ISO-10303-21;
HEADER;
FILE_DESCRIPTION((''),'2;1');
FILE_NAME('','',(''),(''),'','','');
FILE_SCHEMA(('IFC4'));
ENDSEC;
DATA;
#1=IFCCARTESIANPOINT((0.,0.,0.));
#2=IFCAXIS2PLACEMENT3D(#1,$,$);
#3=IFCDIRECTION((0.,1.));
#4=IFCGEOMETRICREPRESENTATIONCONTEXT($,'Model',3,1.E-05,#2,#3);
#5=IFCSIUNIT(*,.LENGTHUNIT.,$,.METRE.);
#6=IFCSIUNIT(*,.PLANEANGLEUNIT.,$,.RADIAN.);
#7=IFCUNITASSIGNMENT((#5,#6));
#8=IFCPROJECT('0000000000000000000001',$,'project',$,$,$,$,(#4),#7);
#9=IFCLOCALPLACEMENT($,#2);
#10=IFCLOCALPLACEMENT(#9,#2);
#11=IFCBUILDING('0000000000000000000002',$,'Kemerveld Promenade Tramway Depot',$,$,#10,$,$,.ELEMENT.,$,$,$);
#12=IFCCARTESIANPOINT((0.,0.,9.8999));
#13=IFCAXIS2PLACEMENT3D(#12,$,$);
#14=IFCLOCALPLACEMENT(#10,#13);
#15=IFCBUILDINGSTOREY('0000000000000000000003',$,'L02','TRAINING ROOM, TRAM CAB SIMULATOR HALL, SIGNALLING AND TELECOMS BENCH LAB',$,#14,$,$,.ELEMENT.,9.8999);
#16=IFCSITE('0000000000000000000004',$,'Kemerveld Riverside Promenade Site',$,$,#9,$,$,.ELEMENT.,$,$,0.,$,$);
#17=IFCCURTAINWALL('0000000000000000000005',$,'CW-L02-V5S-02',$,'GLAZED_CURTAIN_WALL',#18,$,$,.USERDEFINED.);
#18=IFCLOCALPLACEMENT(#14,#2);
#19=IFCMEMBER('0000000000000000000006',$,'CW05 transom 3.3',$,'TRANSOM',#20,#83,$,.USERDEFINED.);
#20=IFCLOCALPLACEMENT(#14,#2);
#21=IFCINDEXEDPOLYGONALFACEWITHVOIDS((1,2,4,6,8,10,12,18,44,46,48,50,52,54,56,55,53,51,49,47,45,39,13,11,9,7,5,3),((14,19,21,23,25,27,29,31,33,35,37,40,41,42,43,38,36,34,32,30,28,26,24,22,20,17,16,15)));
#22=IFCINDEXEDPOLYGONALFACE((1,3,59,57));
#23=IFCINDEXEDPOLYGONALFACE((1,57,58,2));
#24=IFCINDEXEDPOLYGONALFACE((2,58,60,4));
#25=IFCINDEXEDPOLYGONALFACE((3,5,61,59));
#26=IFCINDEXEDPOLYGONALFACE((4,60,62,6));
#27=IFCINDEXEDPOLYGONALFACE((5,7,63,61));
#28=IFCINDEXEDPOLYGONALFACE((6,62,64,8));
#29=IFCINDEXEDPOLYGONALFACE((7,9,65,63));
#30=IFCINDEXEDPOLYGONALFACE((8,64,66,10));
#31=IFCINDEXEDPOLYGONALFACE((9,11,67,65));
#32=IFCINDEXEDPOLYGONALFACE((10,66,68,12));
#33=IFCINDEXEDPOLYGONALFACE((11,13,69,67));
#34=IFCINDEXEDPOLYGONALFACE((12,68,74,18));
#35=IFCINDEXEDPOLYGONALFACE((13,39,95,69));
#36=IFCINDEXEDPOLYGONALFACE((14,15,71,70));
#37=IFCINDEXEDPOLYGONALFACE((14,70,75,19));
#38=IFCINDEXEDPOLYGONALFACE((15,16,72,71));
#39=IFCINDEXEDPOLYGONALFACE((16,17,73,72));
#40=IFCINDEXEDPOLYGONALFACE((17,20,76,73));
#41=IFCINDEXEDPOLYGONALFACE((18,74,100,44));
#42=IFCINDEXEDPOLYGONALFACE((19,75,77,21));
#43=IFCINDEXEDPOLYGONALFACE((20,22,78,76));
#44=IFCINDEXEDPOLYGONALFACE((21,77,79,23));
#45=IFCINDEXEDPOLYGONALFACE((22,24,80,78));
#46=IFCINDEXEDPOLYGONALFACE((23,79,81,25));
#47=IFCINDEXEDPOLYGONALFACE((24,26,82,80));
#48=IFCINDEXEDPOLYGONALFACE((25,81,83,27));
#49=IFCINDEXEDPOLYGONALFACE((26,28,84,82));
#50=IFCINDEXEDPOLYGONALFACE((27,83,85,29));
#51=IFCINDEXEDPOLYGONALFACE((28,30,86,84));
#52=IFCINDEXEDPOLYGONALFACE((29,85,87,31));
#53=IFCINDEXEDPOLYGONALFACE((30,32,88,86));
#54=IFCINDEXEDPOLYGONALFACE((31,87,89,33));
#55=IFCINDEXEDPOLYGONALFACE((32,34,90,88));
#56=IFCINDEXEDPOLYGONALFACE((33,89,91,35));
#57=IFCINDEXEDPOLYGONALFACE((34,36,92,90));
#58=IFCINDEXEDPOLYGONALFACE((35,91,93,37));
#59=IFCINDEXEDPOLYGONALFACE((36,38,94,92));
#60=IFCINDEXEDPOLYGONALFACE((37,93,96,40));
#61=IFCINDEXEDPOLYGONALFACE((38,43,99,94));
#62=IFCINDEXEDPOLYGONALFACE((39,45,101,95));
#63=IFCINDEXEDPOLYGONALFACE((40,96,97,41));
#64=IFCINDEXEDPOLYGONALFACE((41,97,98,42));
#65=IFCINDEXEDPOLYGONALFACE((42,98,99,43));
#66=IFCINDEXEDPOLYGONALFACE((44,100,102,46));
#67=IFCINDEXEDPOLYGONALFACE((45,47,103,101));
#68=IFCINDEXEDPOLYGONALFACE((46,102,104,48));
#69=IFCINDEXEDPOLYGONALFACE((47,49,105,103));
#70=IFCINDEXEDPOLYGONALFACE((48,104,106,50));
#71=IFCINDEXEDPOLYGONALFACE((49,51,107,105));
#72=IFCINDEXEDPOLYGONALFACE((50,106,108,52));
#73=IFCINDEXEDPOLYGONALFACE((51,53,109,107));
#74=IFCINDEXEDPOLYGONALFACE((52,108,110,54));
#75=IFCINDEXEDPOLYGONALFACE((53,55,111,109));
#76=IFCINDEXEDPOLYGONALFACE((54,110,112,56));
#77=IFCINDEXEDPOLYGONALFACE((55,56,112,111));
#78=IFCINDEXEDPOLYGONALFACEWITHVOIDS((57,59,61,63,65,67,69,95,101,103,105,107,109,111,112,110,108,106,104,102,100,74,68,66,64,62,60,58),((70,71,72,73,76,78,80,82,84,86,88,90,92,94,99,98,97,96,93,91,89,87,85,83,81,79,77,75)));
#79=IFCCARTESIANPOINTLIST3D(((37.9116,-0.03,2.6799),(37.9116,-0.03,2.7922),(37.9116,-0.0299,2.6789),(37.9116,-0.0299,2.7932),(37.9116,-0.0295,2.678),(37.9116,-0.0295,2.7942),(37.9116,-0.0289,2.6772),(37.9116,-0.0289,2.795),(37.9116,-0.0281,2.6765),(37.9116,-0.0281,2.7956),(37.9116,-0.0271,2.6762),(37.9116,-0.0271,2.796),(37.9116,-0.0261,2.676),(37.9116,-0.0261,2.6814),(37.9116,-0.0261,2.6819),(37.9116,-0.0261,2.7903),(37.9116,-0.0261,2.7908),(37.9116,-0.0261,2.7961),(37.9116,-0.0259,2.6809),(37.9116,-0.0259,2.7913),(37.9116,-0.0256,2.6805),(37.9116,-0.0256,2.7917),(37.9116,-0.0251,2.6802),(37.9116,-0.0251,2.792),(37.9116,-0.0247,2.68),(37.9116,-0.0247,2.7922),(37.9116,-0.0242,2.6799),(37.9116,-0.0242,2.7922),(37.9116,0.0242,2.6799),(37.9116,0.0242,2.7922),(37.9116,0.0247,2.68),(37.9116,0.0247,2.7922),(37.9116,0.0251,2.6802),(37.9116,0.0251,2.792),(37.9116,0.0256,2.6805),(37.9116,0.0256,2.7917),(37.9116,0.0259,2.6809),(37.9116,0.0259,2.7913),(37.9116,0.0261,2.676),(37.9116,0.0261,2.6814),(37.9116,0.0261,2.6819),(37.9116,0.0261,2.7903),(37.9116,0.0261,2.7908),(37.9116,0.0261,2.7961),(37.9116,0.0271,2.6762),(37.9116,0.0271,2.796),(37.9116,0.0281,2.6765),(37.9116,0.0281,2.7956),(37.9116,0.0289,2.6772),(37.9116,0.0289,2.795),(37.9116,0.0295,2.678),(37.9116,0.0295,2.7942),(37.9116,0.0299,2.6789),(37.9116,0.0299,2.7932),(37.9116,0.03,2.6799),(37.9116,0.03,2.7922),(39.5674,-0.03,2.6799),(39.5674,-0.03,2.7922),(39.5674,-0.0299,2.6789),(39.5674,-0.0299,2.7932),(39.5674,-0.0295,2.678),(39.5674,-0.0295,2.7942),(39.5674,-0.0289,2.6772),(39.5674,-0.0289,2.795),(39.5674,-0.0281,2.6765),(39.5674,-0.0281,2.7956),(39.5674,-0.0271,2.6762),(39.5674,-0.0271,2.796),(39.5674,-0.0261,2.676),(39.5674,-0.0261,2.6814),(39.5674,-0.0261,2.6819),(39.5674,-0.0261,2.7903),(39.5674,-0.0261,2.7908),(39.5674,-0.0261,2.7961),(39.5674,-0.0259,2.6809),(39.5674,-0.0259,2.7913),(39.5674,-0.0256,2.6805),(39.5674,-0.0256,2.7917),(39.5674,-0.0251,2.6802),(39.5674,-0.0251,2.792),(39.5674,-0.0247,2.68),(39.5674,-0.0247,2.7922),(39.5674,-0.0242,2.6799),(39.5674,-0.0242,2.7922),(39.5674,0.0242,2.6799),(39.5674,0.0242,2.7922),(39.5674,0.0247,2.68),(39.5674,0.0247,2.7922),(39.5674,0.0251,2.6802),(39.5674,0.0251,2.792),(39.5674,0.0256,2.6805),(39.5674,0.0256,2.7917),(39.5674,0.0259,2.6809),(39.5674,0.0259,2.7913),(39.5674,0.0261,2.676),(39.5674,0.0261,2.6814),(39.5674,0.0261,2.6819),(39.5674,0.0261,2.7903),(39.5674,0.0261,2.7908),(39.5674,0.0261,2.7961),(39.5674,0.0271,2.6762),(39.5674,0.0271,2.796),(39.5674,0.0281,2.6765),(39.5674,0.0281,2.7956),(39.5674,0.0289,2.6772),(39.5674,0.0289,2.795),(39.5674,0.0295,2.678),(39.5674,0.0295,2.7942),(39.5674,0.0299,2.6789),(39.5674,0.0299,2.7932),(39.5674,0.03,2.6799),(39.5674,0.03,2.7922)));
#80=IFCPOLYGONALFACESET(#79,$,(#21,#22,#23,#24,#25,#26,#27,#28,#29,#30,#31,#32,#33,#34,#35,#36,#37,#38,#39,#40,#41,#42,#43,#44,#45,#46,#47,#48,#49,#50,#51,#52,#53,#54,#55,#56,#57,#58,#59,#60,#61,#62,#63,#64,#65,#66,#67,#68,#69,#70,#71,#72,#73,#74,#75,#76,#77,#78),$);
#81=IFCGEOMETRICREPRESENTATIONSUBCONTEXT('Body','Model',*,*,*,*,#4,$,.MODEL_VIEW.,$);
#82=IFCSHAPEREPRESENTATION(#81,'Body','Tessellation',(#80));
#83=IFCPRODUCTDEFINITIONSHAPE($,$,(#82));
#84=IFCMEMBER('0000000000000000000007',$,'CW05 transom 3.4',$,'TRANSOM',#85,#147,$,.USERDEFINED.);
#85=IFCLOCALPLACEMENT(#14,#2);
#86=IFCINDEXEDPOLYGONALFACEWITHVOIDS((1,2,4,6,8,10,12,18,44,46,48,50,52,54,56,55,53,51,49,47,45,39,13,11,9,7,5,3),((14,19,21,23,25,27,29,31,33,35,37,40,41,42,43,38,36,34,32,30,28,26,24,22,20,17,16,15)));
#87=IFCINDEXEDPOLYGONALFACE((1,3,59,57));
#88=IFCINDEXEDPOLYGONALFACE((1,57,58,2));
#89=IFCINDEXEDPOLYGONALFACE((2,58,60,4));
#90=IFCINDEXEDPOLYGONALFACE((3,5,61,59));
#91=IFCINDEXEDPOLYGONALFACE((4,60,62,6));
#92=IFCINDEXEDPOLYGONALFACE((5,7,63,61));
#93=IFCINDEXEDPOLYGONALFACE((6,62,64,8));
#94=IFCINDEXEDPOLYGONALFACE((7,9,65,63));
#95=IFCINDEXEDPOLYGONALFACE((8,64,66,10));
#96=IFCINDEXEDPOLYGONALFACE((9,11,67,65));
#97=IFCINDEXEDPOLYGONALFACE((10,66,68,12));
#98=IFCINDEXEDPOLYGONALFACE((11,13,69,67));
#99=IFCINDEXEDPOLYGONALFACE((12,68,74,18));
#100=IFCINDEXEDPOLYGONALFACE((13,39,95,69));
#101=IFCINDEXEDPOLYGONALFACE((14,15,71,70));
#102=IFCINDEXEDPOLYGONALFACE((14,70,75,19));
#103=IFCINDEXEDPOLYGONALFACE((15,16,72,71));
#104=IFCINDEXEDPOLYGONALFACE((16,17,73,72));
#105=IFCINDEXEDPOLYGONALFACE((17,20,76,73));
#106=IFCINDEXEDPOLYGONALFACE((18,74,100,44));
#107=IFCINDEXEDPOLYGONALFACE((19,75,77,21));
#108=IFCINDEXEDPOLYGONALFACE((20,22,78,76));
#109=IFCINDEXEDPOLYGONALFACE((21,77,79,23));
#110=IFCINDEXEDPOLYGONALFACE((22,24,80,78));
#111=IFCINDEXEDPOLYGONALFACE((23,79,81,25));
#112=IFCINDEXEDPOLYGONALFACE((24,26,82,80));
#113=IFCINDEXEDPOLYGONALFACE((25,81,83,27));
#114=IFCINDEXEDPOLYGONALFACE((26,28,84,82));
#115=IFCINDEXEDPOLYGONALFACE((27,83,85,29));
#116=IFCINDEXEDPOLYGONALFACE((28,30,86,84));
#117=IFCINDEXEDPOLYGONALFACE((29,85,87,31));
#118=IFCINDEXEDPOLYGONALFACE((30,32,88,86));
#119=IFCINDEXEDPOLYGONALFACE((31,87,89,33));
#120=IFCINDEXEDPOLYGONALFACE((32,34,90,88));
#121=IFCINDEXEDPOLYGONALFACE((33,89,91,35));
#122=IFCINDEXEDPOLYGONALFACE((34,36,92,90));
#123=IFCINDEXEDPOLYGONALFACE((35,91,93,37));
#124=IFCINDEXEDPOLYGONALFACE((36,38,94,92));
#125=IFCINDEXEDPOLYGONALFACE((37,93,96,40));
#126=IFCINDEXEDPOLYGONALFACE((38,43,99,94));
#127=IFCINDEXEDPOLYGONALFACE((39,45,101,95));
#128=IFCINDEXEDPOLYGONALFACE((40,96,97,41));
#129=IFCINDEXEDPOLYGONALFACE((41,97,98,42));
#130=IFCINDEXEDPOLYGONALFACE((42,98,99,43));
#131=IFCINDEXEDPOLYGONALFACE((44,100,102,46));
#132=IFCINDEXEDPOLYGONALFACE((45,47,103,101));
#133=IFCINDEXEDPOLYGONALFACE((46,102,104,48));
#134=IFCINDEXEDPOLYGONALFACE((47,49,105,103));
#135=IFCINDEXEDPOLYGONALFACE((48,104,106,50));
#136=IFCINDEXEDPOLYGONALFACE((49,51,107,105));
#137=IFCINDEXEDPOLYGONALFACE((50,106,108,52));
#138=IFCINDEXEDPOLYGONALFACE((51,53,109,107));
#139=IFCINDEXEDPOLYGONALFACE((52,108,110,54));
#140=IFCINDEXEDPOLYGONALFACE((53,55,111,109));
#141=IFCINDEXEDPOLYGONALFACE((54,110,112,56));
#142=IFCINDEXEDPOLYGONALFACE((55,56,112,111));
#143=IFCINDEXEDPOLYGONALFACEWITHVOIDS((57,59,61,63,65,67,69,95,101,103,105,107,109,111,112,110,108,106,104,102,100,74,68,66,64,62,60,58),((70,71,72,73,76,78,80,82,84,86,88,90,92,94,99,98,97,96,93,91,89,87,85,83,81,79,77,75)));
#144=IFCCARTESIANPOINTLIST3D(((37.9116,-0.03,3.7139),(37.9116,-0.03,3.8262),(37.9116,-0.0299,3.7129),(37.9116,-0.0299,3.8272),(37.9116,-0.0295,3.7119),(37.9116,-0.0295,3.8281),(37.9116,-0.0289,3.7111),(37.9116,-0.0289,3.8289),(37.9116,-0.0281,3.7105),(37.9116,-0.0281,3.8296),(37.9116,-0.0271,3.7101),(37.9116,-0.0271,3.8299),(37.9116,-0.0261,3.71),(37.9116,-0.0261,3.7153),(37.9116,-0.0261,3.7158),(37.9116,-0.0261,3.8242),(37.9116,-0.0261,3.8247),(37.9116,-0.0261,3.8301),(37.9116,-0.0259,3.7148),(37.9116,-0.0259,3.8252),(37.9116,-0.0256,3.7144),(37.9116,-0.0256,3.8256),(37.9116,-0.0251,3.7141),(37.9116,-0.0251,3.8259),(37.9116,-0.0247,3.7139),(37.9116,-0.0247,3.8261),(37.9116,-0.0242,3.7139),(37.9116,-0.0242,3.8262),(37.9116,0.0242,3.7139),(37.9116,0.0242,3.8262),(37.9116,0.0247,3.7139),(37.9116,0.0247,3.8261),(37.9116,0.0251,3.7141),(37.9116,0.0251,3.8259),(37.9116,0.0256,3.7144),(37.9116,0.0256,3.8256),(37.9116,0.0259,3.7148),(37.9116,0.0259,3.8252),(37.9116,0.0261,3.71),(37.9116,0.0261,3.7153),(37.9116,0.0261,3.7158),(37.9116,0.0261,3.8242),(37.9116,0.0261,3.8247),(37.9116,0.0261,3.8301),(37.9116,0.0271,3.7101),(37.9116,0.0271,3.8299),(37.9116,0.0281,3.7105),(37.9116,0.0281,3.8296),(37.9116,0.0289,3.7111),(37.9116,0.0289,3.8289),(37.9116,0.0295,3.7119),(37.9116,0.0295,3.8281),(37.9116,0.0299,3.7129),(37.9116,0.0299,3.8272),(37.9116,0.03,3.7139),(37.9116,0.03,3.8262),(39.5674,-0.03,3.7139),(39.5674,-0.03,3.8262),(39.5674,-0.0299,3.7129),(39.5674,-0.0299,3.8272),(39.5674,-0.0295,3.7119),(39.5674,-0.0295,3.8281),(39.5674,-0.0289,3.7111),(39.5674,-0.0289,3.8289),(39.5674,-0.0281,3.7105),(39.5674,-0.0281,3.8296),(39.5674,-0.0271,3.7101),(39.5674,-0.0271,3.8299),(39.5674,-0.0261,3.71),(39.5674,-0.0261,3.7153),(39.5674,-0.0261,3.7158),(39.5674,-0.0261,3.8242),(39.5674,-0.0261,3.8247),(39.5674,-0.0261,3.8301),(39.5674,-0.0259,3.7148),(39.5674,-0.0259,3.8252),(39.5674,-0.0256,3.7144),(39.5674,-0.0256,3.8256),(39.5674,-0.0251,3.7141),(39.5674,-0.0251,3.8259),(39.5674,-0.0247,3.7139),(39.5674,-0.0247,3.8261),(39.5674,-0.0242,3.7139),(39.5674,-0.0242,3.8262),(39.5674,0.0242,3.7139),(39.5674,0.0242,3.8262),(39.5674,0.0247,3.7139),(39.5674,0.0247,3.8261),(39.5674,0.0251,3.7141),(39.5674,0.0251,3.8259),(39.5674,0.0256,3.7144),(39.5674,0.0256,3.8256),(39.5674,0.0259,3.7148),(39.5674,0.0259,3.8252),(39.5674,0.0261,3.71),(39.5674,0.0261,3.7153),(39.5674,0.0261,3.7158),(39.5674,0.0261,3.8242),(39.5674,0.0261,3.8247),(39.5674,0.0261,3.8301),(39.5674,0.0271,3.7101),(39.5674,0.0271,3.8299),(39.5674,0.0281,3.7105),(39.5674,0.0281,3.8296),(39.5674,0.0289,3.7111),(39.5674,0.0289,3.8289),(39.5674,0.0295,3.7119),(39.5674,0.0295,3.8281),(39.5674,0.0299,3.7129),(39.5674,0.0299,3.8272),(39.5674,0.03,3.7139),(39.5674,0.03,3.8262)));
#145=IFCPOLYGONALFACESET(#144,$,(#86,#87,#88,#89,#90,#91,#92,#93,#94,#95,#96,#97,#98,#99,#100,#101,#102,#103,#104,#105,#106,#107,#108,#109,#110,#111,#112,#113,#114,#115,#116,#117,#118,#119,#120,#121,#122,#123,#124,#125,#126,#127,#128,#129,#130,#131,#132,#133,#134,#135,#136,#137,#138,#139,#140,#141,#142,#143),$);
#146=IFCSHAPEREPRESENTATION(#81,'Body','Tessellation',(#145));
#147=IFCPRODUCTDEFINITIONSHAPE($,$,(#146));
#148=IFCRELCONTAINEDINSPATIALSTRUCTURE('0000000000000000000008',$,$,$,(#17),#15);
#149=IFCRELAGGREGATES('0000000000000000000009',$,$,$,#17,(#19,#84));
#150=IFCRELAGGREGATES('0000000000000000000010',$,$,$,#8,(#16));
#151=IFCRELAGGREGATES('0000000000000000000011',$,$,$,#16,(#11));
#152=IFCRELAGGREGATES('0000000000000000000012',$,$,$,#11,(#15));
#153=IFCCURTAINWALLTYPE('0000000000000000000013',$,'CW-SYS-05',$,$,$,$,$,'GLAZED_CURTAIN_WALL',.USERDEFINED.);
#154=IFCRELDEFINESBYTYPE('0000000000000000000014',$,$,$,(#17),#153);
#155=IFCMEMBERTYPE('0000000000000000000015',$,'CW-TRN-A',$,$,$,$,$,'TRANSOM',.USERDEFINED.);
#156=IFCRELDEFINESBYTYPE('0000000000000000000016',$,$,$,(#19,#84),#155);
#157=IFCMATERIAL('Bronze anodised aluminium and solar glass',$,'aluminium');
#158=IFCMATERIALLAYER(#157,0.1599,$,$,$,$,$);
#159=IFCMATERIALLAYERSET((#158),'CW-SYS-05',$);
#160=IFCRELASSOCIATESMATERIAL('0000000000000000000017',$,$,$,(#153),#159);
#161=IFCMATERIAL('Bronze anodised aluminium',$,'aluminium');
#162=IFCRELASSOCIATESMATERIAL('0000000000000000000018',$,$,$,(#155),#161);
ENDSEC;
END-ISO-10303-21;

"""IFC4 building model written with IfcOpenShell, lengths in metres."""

from ifc_helpers import new_model, si_unit, direction, frame, origin, origin_2d, place, context, subcontext, project, spatial, hollow_rectangle, extrude, material, layer, layer_set, material_profile, profile_set, type_object, element, aggregate, save


model = new_model("IFC4")

# Units and contexts
model_context = context("Model", 3, precision=1e-05, world=origin(), true_north=direction((0.0, 1.0)))
body_context = subcontext(model_context, "Body", "Model", "MODEL_VIEW")
ifc_project = project(units=[si_unit("LENGTHUNIT", "METRE"), si_unit("PLANEANGLEUNIT", "RADIAN")], contexts=[model_context])

# Site, building, storey
site_placement = place(None, origin())
site = spatial("IfcSite", under=ifc_project, at=site_placement, Name="Kemerveld Riverside Promenade Site", CompositionType="ELEMENT", RefElevation=0.0)
building_placement = place(site_placement, origin())
building = spatial("IfcBuilding", under=site, at=building_placement, Name="Kemerveld Promenade Tramway Depot", CompositionType="ELEMENT")
storey_placement = place(building_placement, frame((0.0, 0.0, 9.8999)))
storey = spatial("IfcBuildingStorey", under=building, at=storey_placement, Name="L02", Description="TRAINING ROOM, TRAM CAB SIMULATOR HALL, SIGNALLING AND TELECOMS BENCH LAB", CompositionType="ELEMENT", Elevation=9.8999)

# Curtain wall
ifc_material_1 = material(Name="Bronze anodised aluminium and solar glass", Category="aluminium")
ifc_layer_1 = layer(ifc_material_1, 0.1599)
ifc_layer_set_1 = layer_set([ifc_layer_1], Name="CW-SYS-05")
curtain_wall_type_1 = type_object("IfcCurtainWallType", Name="CW-SYS-05", ElementType="GLAZED_CURTAIN_WALL", PredefinedType="USERDEFINED", material=ifc_layer_set_1)
curtain_wall_1_placement = place(storey_placement, origin())
curtain_wall_1 = element("IfcCurtainWall", 1, at=curtain_wall_1_placement, inside=storey, type_object=curtain_wall_type_1, Name="CW-L02-V5S-02", ObjectType="GLAZED_CURTAIN_WALL", PredefinedType="USERDEFINED")
ifc_material_2 = material(Name="Bronze anodised aluminium", Category="aluminium")

# Members
ifc_material_profile_1 = material_profile(ifc_material_2, hollow_rectangle(XDim=0.0601, YDim=0.1201, WallThickness=0.0039, InnerFilletRadius=0.002, OuterFilletRadius=0.0039, at=origin_2d()), Name="CW-TRN-120x60")
ifc_profile_set_1 = profile_set([ifc_material_profile_1], Name="Bronze anodised aluminium")
member_type_1 = type_object("IfcMemberType", Name="CW-TRN-A", ElementType="TRANSOM", PredefinedType="USERDEFINED", material=ifc_profile_set_1)
member_1_placement = place(storey_placement, frame((39.5674, 0.0, 2.7361), z_axis=(-1.0, 0.0, 0.0), x_axis=(0.0, -1.0, 0.0)))
member_1 = element("IfcMember", 2, at=member_1_placement, type_object=member_type_1, Name="CW05 transom 3.3", ObjectType="TRANSOM", PredefinedType="USERDEFINED", context=body_context, shape_type="SweptSolid", body=[
    extrude(hollow_rectangle(XDim=0.0601, YDim=0.1201, WallThickness=0.0039, InnerFilletRadius=0.002, OuterFilletRadius=0.0039, at=origin_2d()), origin(), (0.0, 0.0, 1.0), 1.6558),
])
member_2_placement = place(storey_placement, frame((39.5674, 0.0, 3.77), z_axis=(-1.0, 0.0, 0.0), x_axis=(0.0, -1.0, 0.0)))
member_2 = element("IfcMember", 3, at=member_2_placement, type_object=member_type_1, Name="CW05 transom 3.4", ObjectType="TRANSOM", PredefinedType="USERDEFINED", context=body_context, shape_type="SweptSolid", body=[
    extrude(hollow_rectangle(XDim=0.0601, YDim=0.1201, WallThickness=0.0039, InnerFilletRadius=0.002, OuterFilletRadius=0.0039, at=origin_2d()), origin(), (0.0, 0.0, 1.0), 1.6558),
])

aggregate(curtain_wall_1, [member_1, member_2])

save(model, "model.ifc")
